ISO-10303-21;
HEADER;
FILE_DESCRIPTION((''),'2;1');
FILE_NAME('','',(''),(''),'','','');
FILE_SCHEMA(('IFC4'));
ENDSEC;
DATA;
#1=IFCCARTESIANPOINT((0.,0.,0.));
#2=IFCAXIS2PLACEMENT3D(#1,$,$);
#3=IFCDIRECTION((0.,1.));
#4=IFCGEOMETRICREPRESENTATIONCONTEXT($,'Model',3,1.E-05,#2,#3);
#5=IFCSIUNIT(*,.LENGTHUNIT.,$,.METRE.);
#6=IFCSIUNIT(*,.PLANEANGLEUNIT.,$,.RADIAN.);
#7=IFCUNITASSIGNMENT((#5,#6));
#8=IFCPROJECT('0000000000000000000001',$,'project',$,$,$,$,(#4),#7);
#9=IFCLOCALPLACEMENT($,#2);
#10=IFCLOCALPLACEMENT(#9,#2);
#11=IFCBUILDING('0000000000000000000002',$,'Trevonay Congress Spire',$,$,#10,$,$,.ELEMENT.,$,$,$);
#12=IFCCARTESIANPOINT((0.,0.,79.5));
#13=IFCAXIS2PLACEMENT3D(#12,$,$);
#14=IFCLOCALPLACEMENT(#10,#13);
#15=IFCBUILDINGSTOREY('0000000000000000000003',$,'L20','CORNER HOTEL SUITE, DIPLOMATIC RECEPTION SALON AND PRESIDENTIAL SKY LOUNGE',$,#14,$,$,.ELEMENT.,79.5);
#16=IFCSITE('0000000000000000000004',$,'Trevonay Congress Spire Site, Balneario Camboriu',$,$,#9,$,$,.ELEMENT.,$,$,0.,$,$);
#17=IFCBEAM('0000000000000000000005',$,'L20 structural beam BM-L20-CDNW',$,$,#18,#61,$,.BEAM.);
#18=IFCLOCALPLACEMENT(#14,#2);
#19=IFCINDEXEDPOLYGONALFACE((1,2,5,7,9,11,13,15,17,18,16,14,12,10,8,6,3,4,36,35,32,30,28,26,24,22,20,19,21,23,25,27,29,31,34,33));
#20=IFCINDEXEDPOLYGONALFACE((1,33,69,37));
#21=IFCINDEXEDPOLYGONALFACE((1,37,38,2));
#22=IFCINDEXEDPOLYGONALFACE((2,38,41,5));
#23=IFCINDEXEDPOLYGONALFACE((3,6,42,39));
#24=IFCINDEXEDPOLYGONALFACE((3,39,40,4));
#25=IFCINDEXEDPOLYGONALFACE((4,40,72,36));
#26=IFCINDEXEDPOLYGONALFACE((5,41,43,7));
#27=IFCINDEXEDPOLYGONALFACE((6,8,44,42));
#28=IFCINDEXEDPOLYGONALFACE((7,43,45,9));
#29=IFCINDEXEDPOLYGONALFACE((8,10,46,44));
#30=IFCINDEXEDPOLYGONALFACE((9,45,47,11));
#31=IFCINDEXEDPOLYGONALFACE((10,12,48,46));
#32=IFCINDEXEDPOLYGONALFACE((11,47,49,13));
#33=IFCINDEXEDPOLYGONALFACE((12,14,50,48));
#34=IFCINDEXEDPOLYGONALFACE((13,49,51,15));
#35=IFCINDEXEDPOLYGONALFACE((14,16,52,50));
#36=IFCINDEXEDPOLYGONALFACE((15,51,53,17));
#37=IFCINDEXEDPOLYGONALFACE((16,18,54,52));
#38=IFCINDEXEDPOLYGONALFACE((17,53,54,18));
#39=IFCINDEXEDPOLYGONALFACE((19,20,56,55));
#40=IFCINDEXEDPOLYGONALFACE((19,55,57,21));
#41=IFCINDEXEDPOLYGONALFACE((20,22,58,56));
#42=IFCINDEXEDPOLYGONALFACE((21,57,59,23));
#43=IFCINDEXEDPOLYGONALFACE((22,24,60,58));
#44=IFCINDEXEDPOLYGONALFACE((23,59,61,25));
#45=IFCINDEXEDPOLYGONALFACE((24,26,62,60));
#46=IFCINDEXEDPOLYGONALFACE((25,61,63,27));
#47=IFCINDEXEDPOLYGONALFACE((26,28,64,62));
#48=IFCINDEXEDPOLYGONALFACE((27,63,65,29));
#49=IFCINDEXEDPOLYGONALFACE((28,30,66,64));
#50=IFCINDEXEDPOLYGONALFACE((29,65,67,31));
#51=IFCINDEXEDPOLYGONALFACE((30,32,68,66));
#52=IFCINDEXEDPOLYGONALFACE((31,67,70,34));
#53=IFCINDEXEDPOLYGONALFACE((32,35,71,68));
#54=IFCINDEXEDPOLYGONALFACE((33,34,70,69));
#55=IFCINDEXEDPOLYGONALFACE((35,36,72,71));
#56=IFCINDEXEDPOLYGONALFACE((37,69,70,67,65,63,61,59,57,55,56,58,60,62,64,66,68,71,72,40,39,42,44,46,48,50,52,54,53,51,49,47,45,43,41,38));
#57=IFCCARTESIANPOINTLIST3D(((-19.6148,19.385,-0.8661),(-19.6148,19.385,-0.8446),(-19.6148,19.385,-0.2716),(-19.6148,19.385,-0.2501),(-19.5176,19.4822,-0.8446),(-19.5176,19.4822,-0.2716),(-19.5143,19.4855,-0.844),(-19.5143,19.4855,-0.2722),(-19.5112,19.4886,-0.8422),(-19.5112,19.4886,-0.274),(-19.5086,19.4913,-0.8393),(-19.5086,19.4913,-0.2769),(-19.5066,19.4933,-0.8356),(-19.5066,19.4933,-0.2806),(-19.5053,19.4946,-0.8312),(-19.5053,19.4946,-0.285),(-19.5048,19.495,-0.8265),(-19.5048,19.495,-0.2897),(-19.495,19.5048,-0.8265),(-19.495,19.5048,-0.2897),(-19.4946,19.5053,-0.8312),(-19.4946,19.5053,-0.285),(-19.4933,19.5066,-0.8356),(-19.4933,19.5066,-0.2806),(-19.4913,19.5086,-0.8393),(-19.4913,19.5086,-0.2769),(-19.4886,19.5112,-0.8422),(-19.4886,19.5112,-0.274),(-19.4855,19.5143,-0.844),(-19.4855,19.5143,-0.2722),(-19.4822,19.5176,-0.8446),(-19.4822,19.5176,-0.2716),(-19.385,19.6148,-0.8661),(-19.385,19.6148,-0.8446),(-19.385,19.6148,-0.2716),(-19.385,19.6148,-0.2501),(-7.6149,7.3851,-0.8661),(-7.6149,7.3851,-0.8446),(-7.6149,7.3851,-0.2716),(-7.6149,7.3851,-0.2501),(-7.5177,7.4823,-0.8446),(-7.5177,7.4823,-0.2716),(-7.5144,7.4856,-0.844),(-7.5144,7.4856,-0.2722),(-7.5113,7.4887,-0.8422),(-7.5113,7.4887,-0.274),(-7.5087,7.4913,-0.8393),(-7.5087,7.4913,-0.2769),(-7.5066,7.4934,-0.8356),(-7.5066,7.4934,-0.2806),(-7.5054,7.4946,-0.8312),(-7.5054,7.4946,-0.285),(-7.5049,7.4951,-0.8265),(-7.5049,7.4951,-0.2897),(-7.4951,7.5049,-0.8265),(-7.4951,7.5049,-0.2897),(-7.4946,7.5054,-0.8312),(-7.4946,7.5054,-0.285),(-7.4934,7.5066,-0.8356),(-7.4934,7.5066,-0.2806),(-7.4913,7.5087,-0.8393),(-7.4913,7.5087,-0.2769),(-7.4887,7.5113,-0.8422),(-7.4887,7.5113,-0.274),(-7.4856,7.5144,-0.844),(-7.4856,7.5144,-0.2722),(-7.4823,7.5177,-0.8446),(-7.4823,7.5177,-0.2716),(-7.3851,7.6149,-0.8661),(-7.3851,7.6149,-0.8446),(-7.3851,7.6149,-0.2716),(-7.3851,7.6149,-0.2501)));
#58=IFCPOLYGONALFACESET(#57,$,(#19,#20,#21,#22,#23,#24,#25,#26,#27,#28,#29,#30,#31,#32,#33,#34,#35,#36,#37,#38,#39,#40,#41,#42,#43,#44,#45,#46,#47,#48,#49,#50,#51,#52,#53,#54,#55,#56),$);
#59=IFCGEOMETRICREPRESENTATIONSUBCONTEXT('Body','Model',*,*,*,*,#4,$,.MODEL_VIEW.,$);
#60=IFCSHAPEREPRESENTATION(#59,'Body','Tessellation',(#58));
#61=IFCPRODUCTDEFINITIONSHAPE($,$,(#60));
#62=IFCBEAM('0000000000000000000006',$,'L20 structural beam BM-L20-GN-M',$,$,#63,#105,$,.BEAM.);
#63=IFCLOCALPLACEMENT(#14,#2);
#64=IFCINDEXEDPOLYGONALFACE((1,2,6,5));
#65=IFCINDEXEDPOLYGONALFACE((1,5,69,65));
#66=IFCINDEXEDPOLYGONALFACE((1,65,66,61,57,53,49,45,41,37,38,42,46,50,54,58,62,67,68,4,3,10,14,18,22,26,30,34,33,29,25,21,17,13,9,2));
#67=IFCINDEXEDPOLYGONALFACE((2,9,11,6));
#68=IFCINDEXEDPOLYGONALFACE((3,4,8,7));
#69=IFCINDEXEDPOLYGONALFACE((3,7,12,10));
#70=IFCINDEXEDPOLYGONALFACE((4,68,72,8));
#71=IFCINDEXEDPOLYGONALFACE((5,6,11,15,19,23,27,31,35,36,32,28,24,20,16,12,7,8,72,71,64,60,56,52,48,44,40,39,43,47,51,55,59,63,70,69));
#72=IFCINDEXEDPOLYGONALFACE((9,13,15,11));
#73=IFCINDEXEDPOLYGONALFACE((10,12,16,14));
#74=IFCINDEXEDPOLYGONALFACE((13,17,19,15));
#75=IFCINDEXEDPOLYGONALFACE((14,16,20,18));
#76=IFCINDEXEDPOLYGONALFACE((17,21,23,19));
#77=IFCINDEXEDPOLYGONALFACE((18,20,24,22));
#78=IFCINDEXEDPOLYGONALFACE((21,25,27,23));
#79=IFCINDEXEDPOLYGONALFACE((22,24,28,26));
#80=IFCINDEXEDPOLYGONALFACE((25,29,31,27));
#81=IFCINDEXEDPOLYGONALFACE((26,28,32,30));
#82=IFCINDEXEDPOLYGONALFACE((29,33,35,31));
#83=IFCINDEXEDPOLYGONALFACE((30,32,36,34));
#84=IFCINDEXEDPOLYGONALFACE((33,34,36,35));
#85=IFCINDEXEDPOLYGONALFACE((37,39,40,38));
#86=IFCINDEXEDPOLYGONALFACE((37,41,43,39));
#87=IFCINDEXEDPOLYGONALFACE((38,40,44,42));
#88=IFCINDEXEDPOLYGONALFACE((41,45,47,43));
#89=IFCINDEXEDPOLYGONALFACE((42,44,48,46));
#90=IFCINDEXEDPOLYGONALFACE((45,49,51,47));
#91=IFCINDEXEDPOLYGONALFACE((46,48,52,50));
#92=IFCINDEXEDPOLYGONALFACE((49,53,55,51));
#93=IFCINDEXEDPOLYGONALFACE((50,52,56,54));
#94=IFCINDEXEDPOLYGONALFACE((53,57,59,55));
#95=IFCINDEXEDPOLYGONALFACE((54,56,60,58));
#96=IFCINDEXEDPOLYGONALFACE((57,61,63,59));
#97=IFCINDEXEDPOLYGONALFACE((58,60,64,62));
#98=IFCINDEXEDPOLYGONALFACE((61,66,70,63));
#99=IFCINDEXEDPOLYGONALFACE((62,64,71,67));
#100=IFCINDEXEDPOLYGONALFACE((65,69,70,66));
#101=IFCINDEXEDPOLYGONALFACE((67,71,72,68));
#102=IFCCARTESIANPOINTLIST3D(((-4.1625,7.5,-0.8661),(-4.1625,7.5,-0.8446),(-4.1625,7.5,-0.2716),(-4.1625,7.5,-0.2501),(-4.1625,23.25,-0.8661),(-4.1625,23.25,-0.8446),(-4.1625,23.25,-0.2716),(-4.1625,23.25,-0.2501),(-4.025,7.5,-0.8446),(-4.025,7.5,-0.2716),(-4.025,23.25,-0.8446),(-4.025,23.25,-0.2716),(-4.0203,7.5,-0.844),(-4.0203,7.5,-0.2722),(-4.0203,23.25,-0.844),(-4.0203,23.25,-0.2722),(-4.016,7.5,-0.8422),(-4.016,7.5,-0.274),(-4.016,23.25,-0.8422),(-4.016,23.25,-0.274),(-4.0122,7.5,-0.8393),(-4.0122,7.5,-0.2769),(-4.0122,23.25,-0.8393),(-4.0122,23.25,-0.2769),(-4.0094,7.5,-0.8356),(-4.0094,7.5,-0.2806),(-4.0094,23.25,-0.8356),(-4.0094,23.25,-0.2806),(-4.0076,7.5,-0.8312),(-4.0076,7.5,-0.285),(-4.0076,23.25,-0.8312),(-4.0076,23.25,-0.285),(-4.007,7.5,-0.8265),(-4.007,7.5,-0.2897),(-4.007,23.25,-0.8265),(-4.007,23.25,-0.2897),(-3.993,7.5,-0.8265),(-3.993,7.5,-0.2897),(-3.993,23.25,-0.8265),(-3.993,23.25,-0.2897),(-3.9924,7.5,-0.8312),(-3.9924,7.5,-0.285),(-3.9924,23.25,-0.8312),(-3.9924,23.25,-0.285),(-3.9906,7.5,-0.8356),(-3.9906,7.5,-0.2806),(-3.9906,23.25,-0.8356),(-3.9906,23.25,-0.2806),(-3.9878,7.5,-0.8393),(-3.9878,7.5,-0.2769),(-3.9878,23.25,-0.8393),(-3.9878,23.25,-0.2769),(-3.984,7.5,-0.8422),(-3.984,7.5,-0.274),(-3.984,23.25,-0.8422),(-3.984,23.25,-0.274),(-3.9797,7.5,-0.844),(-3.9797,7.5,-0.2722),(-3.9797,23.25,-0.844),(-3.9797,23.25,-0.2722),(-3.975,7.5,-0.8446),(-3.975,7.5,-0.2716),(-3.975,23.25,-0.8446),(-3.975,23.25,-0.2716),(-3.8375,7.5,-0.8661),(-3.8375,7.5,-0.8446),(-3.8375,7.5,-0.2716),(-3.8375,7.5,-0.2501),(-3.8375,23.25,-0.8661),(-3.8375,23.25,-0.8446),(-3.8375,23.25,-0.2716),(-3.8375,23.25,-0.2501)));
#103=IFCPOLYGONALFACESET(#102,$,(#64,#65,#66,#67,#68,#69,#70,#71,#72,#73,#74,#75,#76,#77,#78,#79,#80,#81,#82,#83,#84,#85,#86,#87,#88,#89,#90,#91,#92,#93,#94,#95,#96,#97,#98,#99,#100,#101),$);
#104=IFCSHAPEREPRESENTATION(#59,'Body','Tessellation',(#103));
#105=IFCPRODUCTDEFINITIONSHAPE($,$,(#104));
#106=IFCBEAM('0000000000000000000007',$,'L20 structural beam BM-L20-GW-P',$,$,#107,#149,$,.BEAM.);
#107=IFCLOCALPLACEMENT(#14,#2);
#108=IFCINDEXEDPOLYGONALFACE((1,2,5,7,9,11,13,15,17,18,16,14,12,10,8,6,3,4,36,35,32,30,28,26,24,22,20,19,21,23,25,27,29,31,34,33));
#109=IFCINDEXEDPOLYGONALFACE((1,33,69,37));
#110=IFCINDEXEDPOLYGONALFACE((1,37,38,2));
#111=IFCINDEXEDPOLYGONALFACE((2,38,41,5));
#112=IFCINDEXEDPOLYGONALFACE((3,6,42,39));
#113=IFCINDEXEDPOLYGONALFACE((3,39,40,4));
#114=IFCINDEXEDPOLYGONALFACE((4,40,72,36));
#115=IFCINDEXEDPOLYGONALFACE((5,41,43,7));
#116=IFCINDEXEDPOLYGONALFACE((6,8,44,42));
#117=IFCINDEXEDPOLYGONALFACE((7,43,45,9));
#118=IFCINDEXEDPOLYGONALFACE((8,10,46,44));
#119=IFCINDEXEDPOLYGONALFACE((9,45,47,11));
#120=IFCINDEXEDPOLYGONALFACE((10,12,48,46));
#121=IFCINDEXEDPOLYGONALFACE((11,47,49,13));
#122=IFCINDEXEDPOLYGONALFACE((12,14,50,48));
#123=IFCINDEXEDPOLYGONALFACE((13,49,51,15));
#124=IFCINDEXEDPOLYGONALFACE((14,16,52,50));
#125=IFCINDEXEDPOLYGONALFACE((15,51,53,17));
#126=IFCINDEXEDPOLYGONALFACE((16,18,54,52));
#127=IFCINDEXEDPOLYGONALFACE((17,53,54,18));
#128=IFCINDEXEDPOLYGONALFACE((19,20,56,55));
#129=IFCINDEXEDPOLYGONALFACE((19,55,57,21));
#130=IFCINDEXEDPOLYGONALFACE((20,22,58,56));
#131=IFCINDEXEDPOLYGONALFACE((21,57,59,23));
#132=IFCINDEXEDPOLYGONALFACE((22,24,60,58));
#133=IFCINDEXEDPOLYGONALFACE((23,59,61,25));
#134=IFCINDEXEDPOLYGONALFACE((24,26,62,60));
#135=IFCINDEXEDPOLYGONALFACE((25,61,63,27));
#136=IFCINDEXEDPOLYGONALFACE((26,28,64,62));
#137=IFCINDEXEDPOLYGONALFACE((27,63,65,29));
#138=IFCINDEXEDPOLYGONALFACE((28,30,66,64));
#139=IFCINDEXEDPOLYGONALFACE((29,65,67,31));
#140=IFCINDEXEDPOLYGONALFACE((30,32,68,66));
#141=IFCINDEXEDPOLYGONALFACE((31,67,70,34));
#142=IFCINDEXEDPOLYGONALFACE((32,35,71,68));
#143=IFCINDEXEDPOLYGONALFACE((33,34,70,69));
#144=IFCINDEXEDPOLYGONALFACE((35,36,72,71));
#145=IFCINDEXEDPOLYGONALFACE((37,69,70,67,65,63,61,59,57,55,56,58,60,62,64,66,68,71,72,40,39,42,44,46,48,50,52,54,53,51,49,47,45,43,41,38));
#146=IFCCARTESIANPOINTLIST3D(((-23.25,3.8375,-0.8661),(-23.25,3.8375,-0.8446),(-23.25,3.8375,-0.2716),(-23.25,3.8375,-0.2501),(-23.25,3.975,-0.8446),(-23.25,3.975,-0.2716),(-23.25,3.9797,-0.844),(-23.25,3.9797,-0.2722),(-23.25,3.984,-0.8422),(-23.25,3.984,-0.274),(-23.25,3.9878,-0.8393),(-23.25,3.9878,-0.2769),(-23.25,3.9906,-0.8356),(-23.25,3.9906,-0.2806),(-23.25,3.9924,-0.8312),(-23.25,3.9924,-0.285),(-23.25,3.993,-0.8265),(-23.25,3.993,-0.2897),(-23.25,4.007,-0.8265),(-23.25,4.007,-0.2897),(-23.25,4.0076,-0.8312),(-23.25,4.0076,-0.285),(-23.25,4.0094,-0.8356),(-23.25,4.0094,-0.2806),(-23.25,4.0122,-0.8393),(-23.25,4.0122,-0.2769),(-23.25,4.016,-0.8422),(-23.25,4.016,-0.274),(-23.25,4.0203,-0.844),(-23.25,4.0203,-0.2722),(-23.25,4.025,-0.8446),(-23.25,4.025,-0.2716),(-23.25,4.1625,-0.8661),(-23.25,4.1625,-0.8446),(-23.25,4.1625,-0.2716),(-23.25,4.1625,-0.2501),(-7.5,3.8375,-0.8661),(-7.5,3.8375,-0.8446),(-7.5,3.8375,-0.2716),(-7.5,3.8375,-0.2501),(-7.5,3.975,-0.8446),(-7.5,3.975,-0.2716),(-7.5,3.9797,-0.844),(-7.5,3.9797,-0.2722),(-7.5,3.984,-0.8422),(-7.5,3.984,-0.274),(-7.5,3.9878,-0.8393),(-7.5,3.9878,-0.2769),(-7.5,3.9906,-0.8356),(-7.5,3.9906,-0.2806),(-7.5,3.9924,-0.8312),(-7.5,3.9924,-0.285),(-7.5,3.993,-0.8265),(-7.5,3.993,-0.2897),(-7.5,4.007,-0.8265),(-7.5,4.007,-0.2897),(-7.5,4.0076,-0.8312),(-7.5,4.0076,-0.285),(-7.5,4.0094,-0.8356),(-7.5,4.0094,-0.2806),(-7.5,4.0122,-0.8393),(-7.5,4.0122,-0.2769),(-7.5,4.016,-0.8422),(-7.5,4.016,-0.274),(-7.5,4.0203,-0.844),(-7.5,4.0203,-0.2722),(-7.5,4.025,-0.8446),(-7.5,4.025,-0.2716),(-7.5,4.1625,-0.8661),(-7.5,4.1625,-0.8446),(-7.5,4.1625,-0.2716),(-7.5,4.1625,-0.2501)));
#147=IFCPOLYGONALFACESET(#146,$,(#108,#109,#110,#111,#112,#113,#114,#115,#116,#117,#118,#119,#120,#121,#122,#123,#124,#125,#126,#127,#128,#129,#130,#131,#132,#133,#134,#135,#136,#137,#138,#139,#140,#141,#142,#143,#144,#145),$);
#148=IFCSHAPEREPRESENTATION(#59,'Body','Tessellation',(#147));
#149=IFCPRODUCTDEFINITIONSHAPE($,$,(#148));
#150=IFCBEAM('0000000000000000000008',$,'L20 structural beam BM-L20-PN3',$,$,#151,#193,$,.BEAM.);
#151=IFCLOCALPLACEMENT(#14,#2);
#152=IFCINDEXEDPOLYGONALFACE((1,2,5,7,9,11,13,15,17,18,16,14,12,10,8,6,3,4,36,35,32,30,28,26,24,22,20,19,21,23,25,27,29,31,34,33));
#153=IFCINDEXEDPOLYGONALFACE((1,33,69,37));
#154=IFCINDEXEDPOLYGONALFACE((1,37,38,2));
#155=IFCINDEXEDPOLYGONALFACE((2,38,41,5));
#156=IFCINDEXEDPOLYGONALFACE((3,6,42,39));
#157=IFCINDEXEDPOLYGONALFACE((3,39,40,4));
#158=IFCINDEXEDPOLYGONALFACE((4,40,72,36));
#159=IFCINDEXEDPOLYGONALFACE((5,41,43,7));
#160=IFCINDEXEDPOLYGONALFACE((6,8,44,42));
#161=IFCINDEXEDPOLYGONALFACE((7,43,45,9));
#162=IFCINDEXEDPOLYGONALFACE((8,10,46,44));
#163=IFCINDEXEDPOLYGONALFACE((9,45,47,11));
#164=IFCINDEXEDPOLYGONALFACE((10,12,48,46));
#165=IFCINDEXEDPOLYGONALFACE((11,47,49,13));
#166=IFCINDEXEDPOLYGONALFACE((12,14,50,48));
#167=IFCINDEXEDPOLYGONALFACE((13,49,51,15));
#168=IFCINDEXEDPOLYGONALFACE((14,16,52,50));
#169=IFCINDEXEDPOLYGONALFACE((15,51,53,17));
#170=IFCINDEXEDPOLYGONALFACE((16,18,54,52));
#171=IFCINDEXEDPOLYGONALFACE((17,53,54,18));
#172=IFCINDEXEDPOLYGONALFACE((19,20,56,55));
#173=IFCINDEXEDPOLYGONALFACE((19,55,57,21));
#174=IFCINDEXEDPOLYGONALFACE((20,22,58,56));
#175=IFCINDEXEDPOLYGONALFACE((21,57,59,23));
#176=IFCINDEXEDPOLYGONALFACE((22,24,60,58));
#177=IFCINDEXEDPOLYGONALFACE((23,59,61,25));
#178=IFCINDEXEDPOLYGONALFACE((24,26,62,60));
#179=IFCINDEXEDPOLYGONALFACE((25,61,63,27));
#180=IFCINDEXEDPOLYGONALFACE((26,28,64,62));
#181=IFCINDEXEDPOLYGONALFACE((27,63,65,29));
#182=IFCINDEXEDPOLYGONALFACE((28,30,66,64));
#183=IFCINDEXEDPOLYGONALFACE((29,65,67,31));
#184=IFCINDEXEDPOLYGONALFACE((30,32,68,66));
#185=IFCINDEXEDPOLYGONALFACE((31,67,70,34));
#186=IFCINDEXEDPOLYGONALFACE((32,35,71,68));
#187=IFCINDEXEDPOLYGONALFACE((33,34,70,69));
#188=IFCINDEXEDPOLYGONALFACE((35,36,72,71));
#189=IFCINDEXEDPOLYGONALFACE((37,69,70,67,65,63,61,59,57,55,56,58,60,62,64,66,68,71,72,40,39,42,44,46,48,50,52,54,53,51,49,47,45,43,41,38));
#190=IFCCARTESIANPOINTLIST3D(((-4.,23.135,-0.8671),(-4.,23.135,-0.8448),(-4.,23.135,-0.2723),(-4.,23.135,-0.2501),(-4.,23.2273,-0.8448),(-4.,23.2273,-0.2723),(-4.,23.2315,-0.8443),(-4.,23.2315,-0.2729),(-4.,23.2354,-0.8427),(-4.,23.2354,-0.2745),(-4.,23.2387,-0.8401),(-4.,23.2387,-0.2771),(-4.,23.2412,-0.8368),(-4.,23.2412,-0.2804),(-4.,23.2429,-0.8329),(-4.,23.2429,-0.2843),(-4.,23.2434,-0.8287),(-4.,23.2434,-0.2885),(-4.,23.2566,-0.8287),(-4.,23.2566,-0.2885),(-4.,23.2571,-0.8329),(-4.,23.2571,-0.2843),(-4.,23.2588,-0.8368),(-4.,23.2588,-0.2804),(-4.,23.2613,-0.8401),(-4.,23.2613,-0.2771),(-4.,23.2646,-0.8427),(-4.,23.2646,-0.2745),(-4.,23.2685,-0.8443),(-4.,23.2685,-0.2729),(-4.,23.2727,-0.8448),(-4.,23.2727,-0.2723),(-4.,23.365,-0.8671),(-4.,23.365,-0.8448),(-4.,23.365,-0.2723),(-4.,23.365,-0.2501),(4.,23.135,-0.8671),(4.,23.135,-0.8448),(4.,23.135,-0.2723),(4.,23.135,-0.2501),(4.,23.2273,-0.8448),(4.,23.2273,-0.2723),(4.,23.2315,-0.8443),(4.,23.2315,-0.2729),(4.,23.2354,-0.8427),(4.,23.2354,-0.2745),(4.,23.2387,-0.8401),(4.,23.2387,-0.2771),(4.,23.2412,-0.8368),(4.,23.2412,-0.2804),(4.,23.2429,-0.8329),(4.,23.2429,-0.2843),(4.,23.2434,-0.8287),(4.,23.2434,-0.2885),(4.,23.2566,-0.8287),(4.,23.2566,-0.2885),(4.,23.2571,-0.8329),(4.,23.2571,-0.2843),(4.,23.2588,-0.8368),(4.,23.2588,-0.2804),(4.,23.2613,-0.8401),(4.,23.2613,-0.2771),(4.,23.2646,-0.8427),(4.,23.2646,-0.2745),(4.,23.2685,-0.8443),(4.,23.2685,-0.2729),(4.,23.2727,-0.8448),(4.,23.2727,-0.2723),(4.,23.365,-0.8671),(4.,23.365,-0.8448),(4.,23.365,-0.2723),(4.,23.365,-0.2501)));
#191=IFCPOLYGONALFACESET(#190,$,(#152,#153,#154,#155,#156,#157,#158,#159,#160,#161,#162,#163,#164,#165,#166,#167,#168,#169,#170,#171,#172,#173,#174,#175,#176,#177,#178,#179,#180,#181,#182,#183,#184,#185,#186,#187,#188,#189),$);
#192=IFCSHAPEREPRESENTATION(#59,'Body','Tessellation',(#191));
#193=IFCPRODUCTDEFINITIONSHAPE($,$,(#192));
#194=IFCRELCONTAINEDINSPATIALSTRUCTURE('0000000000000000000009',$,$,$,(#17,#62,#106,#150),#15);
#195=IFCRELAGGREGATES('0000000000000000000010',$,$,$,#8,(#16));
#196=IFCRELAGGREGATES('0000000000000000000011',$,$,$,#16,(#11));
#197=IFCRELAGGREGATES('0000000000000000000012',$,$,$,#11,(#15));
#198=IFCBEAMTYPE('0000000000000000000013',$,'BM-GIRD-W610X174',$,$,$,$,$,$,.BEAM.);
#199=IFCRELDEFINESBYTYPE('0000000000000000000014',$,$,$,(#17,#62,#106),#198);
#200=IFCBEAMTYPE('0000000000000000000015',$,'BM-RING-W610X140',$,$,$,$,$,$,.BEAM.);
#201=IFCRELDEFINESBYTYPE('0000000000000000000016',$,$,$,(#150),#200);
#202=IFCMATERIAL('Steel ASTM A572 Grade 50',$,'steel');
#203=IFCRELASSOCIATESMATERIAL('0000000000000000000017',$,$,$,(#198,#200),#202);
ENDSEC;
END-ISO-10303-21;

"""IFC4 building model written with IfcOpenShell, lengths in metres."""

from ifc_helpers import new_model, si_unit, direction, frame, origin, origin_2d, place, context, subcontext, project, spatial, i_section, extrude, material, material_profile, profile_set, type_object, element, save


model = new_model("IFC4")

# Units and contexts
model_context = context("Model", 3, precision=1e-05, world=origin(), true_north=direction((0.0, 1.0)))
body_context = subcontext(model_context, "Body", "Model", "MODEL_VIEW")
ifc_project = project(units=[si_unit("LENGTHUNIT", "METRE"), si_unit("PLANEANGLEUNIT", "RADIAN")], contexts=[model_context])

# Site, building, storey
site_placement = place(None, origin())
site = spatial("IfcSite", under=ifc_project, at=site_placement, Name="Trevonay Congress Spire Site, Balneario Camboriu", CompositionType="ELEMENT", RefElevation=0.0)
building_placement = place(site_placement, origin())
building = spatial("IfcBuilding", under=site, at=building_placement, Name="Trevonay Congress Spire", CompositionType="ELEMENT")
storey_placement = place(building_placement, frame((0.0, 0.0, 79.5)))
storey = spatial("IfcBuildingStorey", under=building, at=storey_placement, Name="L20", Description="CORNER HOTEL SUITE, DIPLOMATIC RECEPTION SALON AND PRESIDENTIAL SKY LOUNGE", CompositionType="ELEMENT", Elevation=79.5)

# Shared definitions
ifc_material_1 = material(Name="Steel ASTM A572 Grade 50", Category="steel")

# Beams
ifc_material_profile_1 = material_profile(ifc_material_1, i_section(OverallWidth=0.325, OverallDepth=0.616, WebThickness=0.0139, FlangeThickness=0.0215, FilletRadius=0.0181, at=origin_2d()), Name="W610x174")
ifc_profile_set_1 = profile_set([ifc_material_profile_1], Name="Steel ASTM A572 Grade 50")
beam_type_1 = type_object("IfcBeamType", Name="BM-GIRD-W610X174", PredefinedType="BEAM", material=ifc_profile_set_1)
beam_1_placement = place(storey_placement, frame((-7.5, 7.5, -0.5581), z_axis=(-0.707107, 0.707107, 0.0), x_axis=(-0.707107, -0.707107, 0.0)))
element("IfcBeam", 1, at=beam_1_placement, inside=storey, type_object=beam_type_1, Name="L20 structural beam BM-L20-CDNW", PredefinedType="BEAM", context=body_context, shape_type="SweptSolid", body=[
    extrude(i_section(OverallWidth=0.325, OverallDepth=0.616, WebThickness=0.0139, FlangeThickness=0.0215, FilletRadius=0.0181, at=origin_2d()), origin(), (0.0, 0.0, 1.0), 16.9705),
])
for number, where, z_axis, x_axis, name in (
    (2, (-4.0, 7.5, -0.5581), (0.0, 1.0, 0.0), (-1.0, 0.0, 0.0), "L20 structural beam BM-L20-GN-M"),
    (3, (-7.5, 4.0, -0.5581), (-1.0, 0.0, 0.0), (0.0, -1.0, 0.0), "L20 structural beam BM-L20-GW-P"),
):
    element("IfcBeam", number, at=place(storey_placement, frame(where, z_axis=z_axis, x_axis=x_axis)), inside=storey, type_object=beam_type_1, Name=name, PredefinedType="BEAM", context=body_context, shape_type="SweptSolid", body=[
        extrude(i_section(OverallWidth=0.325, OverallDepth=0.616, WebThickness=0.0139, FlangeThickness=0.0215, FilletRadius=0.0181, at=origin_2d()), origin(), (0.0, 0.0, 1.0), 15.75),
    ])
ifc_material_profile_2 = material_profile(ifc_material_1, i_section(OverallWidth=0.23, OverallDepth=0.6169, WebThickness=0.0132, FlangeThickness=0.0222, FilletRadius=0.0161, at=origin_2d()), Name="W610x140")
ifc_profile_set_2 = profile_set([ifc_material_profile_2], Name="Steel ASTM A572 Grade 50")
beam_type_2 = type_object("IfcBeamType", Name="BM-RING-W610X140", PredefinedType="BEAM", material=ifc_profile_set_2)
beam_2_placement = place(storey_placement, frame((-4.0, 23.25, -0.5586), z_axis=(1.0, 0.0, 0.0), x_axis=(0.0, 1.0, 0.0)))
element("IfcBeam", 4, at=beam_2_placement, inside=storey, type_object=beam_type_2, Name="L20 structural beam BM-L20-PN3", PredefinedType="BEAM", context=body_context, shape_type="SweptSolid", body=[
    extrude(i_section(OverallWidth=0.23, OverallDepth=0.6169, WebThickness=0.0132, FlangeThickness=0.0222, FilletRadius=0.0161, at=origin_2d()), origin(), (0.0, 0.0, 1.0), 8.0),
])

save(model, "model.ifc")
